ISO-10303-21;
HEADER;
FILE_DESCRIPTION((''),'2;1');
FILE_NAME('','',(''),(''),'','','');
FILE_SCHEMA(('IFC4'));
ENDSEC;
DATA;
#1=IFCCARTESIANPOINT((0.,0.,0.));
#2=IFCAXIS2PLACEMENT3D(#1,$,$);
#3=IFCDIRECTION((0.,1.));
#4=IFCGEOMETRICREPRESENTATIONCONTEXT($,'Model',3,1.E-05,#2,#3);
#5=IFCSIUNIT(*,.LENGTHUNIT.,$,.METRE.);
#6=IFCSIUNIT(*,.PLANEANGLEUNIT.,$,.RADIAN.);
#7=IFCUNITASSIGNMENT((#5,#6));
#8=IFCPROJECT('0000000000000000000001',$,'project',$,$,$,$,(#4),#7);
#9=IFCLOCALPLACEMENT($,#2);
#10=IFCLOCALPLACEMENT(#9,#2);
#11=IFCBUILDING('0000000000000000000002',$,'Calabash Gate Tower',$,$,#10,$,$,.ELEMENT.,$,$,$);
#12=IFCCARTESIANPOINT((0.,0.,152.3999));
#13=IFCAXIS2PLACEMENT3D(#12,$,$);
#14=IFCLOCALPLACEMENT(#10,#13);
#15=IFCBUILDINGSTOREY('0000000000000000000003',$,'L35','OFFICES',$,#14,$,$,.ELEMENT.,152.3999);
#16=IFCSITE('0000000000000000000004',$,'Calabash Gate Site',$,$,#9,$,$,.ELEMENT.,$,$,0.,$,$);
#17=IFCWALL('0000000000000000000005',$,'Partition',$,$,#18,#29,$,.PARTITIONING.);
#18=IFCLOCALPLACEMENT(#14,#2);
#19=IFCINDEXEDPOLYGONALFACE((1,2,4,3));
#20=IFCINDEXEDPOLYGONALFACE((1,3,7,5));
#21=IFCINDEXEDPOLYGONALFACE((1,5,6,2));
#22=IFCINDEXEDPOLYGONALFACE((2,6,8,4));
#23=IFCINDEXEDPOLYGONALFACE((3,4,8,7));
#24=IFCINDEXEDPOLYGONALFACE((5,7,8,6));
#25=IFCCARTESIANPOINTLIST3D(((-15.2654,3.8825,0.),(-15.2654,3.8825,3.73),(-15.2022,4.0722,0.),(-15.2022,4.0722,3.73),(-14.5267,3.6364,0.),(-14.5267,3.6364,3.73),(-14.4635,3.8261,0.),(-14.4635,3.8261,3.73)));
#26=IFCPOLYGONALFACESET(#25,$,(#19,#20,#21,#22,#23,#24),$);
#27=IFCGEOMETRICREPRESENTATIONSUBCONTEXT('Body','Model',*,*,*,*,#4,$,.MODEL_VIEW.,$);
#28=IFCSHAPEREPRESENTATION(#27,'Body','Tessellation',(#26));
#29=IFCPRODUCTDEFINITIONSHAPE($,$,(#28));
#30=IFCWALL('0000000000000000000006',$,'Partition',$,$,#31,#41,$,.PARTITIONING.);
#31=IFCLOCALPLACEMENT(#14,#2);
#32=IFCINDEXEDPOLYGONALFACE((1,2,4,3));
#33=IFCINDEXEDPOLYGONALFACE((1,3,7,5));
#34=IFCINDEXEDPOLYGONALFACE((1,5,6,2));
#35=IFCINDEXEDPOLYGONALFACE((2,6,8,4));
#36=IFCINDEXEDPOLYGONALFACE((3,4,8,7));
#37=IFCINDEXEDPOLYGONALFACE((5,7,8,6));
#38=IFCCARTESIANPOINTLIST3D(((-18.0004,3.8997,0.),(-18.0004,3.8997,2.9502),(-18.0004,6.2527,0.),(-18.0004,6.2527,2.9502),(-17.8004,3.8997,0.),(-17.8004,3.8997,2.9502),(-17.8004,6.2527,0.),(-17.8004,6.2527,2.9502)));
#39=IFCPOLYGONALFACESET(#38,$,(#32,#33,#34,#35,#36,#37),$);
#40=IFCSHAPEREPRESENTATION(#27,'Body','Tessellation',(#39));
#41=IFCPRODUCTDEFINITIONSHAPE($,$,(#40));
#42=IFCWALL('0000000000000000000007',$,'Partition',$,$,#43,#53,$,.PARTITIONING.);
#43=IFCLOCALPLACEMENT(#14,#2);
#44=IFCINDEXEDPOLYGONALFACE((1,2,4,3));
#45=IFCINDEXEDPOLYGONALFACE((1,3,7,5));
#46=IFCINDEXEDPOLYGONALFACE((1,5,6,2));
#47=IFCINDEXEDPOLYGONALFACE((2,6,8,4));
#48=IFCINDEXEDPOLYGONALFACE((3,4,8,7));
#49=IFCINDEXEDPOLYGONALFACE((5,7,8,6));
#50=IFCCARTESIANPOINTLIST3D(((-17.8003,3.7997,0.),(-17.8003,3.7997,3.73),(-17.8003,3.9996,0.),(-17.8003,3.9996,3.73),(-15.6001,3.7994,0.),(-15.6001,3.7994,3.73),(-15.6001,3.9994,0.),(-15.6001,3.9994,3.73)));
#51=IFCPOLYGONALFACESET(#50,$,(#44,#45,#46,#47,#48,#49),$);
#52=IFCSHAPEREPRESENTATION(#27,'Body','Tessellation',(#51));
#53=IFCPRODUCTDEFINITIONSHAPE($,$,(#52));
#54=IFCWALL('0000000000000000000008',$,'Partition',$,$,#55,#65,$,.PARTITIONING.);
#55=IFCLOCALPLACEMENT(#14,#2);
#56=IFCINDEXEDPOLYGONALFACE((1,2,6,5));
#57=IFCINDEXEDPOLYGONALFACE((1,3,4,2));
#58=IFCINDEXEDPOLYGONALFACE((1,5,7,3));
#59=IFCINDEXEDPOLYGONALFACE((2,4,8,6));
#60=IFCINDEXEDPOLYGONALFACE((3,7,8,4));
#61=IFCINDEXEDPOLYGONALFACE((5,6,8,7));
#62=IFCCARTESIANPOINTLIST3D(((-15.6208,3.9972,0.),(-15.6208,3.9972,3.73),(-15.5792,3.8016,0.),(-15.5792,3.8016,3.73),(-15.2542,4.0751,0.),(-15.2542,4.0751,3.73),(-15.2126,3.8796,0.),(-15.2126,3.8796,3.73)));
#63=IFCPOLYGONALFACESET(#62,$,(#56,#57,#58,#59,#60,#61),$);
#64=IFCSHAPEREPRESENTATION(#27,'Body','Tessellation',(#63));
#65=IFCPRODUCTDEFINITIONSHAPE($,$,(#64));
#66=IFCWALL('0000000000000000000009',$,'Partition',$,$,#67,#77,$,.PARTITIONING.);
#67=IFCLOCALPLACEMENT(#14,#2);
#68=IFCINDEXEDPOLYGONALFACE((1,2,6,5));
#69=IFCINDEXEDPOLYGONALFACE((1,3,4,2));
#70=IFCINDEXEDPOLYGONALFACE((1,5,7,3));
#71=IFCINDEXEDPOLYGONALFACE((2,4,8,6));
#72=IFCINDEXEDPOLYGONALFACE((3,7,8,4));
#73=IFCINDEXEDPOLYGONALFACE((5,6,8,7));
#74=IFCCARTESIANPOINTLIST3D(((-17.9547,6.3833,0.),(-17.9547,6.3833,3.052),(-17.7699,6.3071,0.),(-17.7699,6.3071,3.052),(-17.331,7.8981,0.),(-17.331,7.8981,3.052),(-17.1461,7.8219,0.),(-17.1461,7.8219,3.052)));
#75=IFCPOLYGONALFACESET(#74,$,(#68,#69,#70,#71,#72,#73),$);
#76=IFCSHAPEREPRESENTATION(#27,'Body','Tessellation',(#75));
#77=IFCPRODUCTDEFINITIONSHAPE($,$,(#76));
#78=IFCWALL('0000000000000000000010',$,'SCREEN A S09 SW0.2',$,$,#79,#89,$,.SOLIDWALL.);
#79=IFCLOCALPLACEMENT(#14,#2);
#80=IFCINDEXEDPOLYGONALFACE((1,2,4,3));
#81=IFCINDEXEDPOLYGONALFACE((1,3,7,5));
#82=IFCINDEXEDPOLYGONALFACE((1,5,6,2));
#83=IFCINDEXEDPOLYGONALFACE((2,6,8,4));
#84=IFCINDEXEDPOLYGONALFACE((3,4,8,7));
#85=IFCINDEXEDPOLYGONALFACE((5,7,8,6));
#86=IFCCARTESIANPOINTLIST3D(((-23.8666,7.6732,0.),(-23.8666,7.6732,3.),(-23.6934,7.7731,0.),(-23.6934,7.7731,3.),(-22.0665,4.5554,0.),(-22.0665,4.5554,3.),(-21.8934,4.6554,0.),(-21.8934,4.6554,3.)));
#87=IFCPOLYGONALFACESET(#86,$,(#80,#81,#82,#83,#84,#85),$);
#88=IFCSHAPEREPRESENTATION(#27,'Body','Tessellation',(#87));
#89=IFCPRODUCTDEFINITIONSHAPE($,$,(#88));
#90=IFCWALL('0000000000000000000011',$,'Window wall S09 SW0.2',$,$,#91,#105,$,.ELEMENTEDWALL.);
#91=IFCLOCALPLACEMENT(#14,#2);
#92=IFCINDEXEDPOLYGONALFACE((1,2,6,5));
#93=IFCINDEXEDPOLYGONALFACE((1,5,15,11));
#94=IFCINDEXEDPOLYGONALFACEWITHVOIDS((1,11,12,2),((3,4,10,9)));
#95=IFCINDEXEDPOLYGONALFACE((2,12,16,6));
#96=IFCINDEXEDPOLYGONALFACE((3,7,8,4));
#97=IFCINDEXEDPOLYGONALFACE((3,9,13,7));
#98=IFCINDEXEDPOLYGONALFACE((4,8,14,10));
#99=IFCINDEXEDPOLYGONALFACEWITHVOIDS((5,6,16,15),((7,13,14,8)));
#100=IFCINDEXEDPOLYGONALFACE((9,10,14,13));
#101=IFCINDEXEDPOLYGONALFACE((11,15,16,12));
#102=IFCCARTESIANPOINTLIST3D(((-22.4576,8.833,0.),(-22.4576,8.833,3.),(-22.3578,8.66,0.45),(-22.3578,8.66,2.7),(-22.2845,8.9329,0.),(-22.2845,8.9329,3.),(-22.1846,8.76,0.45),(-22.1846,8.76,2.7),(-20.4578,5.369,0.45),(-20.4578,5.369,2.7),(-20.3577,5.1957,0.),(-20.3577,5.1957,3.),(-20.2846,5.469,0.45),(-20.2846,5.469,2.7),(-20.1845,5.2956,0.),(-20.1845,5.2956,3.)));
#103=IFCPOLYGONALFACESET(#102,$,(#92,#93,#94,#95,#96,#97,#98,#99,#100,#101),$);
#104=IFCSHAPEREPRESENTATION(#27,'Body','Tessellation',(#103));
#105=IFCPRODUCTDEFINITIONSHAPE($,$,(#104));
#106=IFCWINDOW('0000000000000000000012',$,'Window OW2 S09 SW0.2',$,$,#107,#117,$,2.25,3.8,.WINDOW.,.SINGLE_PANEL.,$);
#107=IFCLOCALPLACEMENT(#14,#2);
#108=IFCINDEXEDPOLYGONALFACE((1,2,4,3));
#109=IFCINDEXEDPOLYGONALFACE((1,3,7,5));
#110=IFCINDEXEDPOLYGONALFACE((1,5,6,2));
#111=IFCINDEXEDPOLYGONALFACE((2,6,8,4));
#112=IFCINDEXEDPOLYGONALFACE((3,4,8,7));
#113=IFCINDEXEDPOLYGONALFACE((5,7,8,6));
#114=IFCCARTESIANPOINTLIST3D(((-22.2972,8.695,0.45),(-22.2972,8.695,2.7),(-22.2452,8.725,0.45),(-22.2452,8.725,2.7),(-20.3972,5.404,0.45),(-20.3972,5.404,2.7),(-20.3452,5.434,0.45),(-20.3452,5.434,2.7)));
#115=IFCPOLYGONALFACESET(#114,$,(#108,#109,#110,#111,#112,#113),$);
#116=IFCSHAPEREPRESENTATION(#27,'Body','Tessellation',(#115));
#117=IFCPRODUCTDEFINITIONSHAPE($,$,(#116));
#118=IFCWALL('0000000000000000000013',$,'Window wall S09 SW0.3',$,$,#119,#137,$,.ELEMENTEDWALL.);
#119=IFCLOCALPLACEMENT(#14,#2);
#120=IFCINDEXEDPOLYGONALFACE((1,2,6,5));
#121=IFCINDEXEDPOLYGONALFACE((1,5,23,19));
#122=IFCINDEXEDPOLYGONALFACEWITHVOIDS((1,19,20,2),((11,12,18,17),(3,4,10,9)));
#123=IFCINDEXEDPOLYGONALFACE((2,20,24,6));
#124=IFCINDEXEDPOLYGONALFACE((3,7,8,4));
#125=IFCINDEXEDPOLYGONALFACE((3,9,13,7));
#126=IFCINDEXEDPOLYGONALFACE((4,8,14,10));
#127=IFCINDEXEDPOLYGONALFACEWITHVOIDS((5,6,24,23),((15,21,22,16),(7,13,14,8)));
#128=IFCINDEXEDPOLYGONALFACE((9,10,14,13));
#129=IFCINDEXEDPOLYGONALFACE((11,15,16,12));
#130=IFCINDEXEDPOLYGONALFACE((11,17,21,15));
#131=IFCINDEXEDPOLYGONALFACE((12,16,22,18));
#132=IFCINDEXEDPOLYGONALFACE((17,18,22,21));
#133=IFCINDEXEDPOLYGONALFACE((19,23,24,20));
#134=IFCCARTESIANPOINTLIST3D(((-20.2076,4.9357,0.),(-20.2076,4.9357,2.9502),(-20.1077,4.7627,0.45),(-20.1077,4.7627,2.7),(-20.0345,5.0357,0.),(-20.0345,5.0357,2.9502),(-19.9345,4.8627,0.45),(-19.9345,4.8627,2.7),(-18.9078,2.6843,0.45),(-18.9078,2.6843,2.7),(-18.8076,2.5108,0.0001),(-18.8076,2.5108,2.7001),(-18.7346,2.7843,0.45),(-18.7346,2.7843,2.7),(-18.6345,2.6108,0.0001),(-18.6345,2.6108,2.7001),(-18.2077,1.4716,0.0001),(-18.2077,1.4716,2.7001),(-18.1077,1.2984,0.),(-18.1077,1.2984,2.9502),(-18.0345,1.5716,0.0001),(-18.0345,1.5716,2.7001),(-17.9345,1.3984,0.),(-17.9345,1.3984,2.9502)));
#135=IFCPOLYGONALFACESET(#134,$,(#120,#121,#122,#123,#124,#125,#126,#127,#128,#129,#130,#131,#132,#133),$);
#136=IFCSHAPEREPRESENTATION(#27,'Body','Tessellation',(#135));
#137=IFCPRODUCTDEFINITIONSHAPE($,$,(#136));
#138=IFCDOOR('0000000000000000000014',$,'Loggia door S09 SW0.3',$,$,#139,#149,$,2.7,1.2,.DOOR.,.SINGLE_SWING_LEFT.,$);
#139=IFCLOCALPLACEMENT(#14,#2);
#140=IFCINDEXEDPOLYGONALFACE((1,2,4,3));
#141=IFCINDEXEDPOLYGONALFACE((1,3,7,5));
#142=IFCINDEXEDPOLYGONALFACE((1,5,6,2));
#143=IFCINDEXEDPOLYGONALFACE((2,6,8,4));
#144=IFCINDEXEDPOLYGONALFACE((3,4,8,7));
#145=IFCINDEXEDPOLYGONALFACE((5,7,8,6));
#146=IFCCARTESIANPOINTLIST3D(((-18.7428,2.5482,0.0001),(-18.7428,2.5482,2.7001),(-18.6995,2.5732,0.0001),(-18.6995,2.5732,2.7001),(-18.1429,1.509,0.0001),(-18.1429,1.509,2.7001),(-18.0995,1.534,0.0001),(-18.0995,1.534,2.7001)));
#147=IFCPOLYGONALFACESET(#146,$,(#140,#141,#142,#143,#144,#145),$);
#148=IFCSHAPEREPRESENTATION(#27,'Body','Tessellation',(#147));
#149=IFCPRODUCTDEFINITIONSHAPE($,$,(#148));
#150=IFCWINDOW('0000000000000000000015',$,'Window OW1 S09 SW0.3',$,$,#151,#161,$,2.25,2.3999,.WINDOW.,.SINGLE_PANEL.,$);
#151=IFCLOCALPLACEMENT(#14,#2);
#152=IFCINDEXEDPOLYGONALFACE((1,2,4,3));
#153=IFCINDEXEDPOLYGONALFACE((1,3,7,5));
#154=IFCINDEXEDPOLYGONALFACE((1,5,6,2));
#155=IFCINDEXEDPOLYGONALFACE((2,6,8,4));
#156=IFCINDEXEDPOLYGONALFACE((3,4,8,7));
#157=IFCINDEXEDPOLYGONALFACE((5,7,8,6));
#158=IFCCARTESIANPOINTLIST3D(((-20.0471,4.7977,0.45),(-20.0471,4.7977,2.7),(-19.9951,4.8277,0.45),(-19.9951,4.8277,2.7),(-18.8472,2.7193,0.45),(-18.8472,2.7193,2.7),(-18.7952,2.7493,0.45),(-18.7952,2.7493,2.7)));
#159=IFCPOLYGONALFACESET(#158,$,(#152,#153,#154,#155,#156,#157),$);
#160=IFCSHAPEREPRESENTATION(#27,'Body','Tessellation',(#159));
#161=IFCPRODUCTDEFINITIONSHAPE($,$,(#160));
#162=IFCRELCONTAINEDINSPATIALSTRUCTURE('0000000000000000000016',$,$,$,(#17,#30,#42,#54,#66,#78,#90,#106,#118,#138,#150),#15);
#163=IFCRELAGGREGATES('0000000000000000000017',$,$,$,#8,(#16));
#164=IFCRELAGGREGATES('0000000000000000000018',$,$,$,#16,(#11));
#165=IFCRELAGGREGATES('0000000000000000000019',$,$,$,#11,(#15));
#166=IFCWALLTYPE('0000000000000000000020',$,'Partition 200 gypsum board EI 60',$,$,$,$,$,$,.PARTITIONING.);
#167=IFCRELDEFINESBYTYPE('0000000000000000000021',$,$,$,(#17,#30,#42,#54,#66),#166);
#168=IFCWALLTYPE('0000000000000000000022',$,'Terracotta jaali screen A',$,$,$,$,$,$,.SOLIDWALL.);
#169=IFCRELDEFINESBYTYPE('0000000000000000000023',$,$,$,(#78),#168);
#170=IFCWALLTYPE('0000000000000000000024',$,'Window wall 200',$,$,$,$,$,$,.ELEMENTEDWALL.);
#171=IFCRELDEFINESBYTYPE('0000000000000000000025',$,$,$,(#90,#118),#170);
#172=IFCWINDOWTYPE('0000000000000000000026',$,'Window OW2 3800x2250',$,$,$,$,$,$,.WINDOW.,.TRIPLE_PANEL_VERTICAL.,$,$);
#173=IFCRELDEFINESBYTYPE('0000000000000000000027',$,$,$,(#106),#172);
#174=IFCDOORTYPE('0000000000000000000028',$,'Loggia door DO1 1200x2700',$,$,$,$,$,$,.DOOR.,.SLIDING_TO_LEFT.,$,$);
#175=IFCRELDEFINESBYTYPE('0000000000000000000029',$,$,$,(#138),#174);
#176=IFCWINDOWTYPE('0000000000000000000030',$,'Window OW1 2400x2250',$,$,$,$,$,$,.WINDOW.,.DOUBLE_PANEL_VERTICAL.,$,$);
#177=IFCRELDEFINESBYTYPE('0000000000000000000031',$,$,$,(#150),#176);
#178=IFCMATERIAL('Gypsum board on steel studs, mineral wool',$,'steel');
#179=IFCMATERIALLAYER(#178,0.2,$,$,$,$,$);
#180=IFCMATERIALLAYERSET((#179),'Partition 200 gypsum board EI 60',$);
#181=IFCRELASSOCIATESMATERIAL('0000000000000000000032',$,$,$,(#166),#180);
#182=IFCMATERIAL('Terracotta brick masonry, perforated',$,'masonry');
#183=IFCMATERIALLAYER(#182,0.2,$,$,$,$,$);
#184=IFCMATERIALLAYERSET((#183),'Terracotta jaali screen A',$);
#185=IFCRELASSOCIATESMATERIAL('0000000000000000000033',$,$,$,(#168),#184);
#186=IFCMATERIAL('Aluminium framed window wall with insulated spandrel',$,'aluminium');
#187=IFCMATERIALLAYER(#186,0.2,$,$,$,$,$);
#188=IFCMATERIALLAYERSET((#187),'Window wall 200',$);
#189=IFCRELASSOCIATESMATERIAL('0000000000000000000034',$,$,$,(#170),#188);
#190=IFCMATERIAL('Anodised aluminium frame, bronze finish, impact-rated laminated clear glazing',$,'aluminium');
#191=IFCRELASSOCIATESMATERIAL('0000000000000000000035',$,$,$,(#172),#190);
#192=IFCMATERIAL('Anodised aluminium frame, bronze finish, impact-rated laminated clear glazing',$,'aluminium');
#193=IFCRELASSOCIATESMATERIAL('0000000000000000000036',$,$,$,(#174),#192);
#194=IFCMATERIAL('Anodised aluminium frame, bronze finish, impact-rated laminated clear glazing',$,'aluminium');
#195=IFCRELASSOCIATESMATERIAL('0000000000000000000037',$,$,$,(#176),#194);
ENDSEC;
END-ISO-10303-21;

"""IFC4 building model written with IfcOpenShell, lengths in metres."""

from ifc_helpers import new_model, si_unit, direction, frame, frame_2d, origin, place, context, subcontext, project, spatial, rectangle, extrude, material, layer, layer_set, type_object, element, fill, save


model = new_model("IFC4")

# Units and contexts
model_context = context("Model", 3, precision=1e-05, world=origin(), true_north=direction((0.0, 1.0)))
body_context = subcontext(model_context, "Body", "Model", "MODEL_VIEW")
ifc_project = project(units=[si_unit("LENGTHUNIT", "METRE"), si_unit("PLANEANGLEUNIT", "RADIAN")], contexts=[model_context])

# Site, building, storey
site_placement = place(None, origin())
site = spatial("IfcSite", under=ifc_project, at=site_placement, Name="Calabash Gate Site", CompositionType="ELEMENT", RefElevation=0.0)
building_placement = place(site_placement, origin())
building = spatial("IfcBuilding", under=site, at=building_placement, Name="Calabash Gate Tower", CompositionType="ELEMENT")
storey_placement = place(building_placement, frame((0.0, 0.0, 152.3999)))
storey = spatial("IfcBuildingStorey", under=building, at=storey_placement, Name="L35", Description="OFFICES", CompositionType="ELEMENT", Elevation=152.3999)

# Walls
ifc_material_1 = material(Name="Gypsum board on steel studs, mineral wool", Category="steel")
ifc_layer_1 = layer(ifc_material_1, 0.2)
ifc_layer_set_1 = layer_set([ifc_layer_1], Name="Partition 200 gypsum board EI 60")
wall_type_1 = type_object("IfcWallType", Name="Partition 200 gypsum board EI 60", PredefinedType="PARTITIONING", material=ifc_layer_set_1)
wall_1_placement = place(storey_placement, frame((-15.2336, 3.9773, 0.0), z_axis=(0.0, 0.0, 1.0), x_axis=(0.948746, -0.31604, 0.0)))
element("IfcWall", 1, at=wall_1_placement, inside=storey, type_object=wall_type_1, Name="Partition", PredefinedType="PARTITIONING", context=body_context, shape_type="SweptSolid", body=[
    extrude(rectangle(XDim=0.7786, YDim=0.2, at=frame_2d((0.3892, 0.0))), origin(), (0.0, 0.0, 1.0), 3.73),
])
wall_2_placement = place(storey_placement, frame((-17.9004, 6.2527, 0.0), z_axis=(0.0, 0.0, 1.0), x_axis=(0.0, -1.0, 0.0)))
element("IfcWall", 2, at=wall_2_placement, inside=storey, type_object=wall_type_1, Name="Partition", PredefinedType="PARTITIONING", context=body_context, shape_type="SweptSolid", body=[
    extrude(rectangle(XDim=2.353, YDim=0.2, at=frame_2d((1.1765, 0.0))), origin(), (0.0, 0.0, 1.0), 2.9502),
])
wall_3_placement = place(storey_placement, frame((-17.8003, 3.8997, 0.0), z_axis=(0.0, 0.0, 1.0), x_axis=(1.0, -0.000111, 0.0)))
element("IfcWall", 3, at=wall_3_placement, inside=storey, type_object=wall_type_1, Name="Partition", PredefinedType="PARTITIONING", context=body_context, shape_type="SweptSolid", body=[
    extrude(rectangle(XDim=2.2002, YDim=0.2, at=frame_2d((1.1001, 0.0))), origin(), (0.0, 0.0, 1.0), 3.73),
])
wall_4_placement = place(storey_placement, frame((-15.6001, 3.8994, 0.0), z_axis=(0.0, 0.0, 1.0), x_axis=(0.978154, 0.207882, 0.0)))
element("IfcWall", 4, at=wall_4_placement, inside=storey, type_object=wall_type_1, Name="Partition", PredefinedType="PARTITIONING", context=body_context, shape_type="SweptSolid", body=[
    extrude(rectangle(XDim=0.3748, YDim=0.2, at=frame_2d((0.1875, 0.0))), origin(), (0.0, 0.0, 1.0), 3.73),
])
wall_5_placement = place(storey_placement, frame((-17.8623, 6.3452, 0.0), z_axis=(0.0, 0.0, 1.0), x_axis=(0.38075, 0.924678, 0.0)))
element("IfcWall", 5, at=wall_5_placement, inside=storey, type_object=wall_type_1, Name="Partition", PredefinedType="PARTITIONING", context=body_context, shape_type="SweptSolid", body=[
    extrude(rectangle(XDim=1.6382, YDim=0.2, at=frame_2d((0.8191, 0.0))), origin(), (0.0, 0.0, 1.0), 3.052),
])
ifc_material_2 = material(Name="Terracotta brick masonry, perforated", Category="masonry")
ifc_layer_2 = layer(ifc_material_2, 0.2)
ifc_layer_set_2 = layer_set([ifc_layer_2], Name="Terracotta jaali screen A")
wall_type_2 = type_object("IfcWallType", Name="Terracotta jaali screen A", PredefinedType="SOLIDWALL", material=ifc_layer_set_2)
wall_6_placement = place(storey_placement, frame((-23.78, 7.7231, 0.0), z_axis=(0.0, 0.0, 1.0), x_axis=(0.500012, -0.866018, 0.0)))
element("IfcWall", 6, at=wall_6_placement, inside=storey, type_object=wall_type_2, Name="SCREEN A S09 SW0.2", PredefinedType="SOLIDWALL", context=body_context, shape_type="SweptSolid", body=[
    extrude(rectangle(XDim=3.6001, YDim=0.2, at=frame_2d((1.8, 0.0))), origin(), (0.0, 0.0, 1.0), 3.0),
])

# Wall, opening, window
ifc_material_3 = material(Name="Aluminium framed window wall with insulated spandrel", Category="aluminium")
ifc_layer_3 = layer(ifc_material_3, 0.2)
ifc_layer_set_3 = layer_set([ifc_layer_3], Name="Window wall 200")
wall_type_3 = type_object("IfcWallType", Name="Window wall 200", PredefinedType="ELEMENTEDWALL", material=ifc_layer_set_3)
wall_7_placement = place(storey_placement, frame((-22.3711, 8.8831, 0.0), z_axis=(0.0, 0.0, 1.0), x_axis=(0.499984, -0.866035, 0.0)))
wall_7 = element("IfcWall", 7, at=wall_7_placement, inside=storey, type_object=wall_type_3, Name="Window wall S09 SW0.2", PredefinedType="ELEMENTEDWALL", context=body_context, shape_type="SweptSolid", body=[
    extrude(rectangle(XDim=4.2, YDim=0.2, at=frame_2d((2.1001, 0.0))), origin(), (0.0, 0.0, 1.0), 3.0),
])
opening_1_placement = place(wall_7_placement, frame((0.2, 0.0, 0.45)))
opening_1 = element("IfcOpeningElement", 8, at=opening_1_placement, cuts=wall_7, PredefinedType="OPENING", context=body_context, shape_type="SweptSolid", body=[
    extrude(rectangle(XDim=3.8, YDim=2.25, at=frame_2d((1.8999, 1.125))), frame((0.0, 0.1099, 0.0), z_axis=(0.0, -1.0, 0.0), x_axis=(1.0, 0.0, 0.0)), (0.0, 0.0, 1.0), 0.22),
])
ifc_material_4 = material(Name="Anodised aluminium frame, bronze finish, impact-rated laminated clear glazing", Category="aluminium")
window_type_1 = type_object("IfcWindowType", Name="Window OW2 3800x2250", PartitioningType="TRIPLE_PANEL_VERTICAL", PredefinedType="WINDOW", material=ifc_material_4)
window_1_placement = place(opening_1_placement, origin())
window_1 = element("IfcWindow", 9, at=window_1_placement, inside=storey, type_object=window_type_1, Name="Window OW2 S09 SW0.2", OverallHeight=2.25, OverallWidth=3.8, PartitioningType="SINGLE_PANEL", PredefinedType="WINDOW", context=body_context, shape_type="SweptSolid", body=[
    extrude(rectangle(XDim=3.8, YDim=2.25, at=frame_2d((1.8999, 1.125))), frame((0.0, 0.03, 0.0), z_axis=(0.0, -1.0, 0.0), x_axis=(1.0, 0.0, 0.0)), (0.0, 0.0, 1.0), 0.0601),
])
fill(opening_1, window_1)

# Wall, openings, door, window
wall_8_placement = place(storey_placement, frame((-20.1211, 4.9858, 0.0), z_axis=(0.0, 0.0, 1.0), x_axis=(0.499984, -0.866035, 0.0)))
wall_8 = element("IfcWall", 10, at=wall_8_placement, inside=storey, type_object=wall_type_3, Name="Window wall S09 SW0.3", PredefinedType="ELEMENTEDWALL", context=body_context, shape_type="SweptSolid", body=[
    extrude(rectangle(XDim=4.2, YDim=0.2, at=frame_2d((2.1001, 0.0))), origin(), (0.0, 0.0, 1.0), 2.9502),
])
opening_2_placement = place(wall_8_placement, frame((0.2, 0.0, 0.45)))
opening_2 = element("IfcOpeningElement", 11, at=opening_2_placement, cuts=wall_8, PredefinedType="OPENING", context=body_context, shape_type="SweptSolid", body=[
    extrude(rectangle(XDim=2.3999, YDim=2.25, at=frame_2d((1.2, 1.125))), frame((0.0, 0.1099, 0.0), z_axis=(0.0, -1.0, 0.0), x_axis=(1.0, 0.0, 0.0)), (0.0, 0.0, 1.0), 0.22),
])
opening_3_placement = place(wall_8_placement, frame((2.8, 0.0, 0.0)))
opening_3 = element("IfcOpeningElement", 12, at=opening_3_placement, cuts=wall_8, PredefinedType="OPENING", context=body_context, shape_type="SweptSolid", body=[
    extrude(rectangle(XDim=1.2, YDim=2.7, at=frame_2d((0.6001, 1.3501))), frame((0.0, 0.1099, 0.0), z_axis=(0.0, -1.0, 0.0), x_axis=(1.0, 0.0, 0.0)), (0.0, 0.0, 1.0), 0.22),
])
ifc_material_5 = material(Name="Anodised aluminium frame, bronze finish, impact-rated laminated clear glazing", Category="aluminium")
door_type_1 = type_object("IfcDoorType", Name="Loggia door DO1 1200x2700", OperationType="SLIDING_TO_LEFT", PredefinedType="DOOR", material=ifc_material_5)
door_1_placement = place(opening_3_placement, origin())
door_1 = element("IfcDoor", 13, at=door_1_placement, inside=storey, type_object=door_type_1, Name="Loggia door S09 SW0.3", OperationType="SINGLE_SWING_LEFT", OverallHeight=2.7, OverallWidth=1.2, PredefinedType="DOOR", context=body_context, shape_type="SweptSolid", body=[
    extrude(rectangle(XDim=1.2, YDim=2.7, at=frame_2d((0.6001, 1.3501))), frame((0.0, 0.0249, 0.0), z_axis=(0.0, -1.0, 0.0), x_axis=(1.0, 0.0, 0.0)), (0.0, 0.0, 1.0), 0.05),
])
fill(opening_3, door_1)
ifc_material_6 = material(Name="Anodised aluminium frame, bronze finish, impact-rated laminated clear glazing", Category="aluminium")
window_type_2 = type_object("IfcWindowType", Name="Window OW1 2400x2250", PartitioningType="DOUBLE_PANEL_VERTICAL", PredefinedType="WINDOW", material=ifc_material_6)
window_2_placement = place(opening_2_placement, origin())
window_2 = element("IfcWindow", 14, at=window_2_placement, inside=storey, type_object=window_type_2, Name="Window OW1 S09 SW0.3", OverallHeight=2.25, OverallWidth=2.3999, PartitioningType="SINGLE_PANEL", PredefinedType="WINDOW", context=body_context, shape_type="SweptSolid", body=[
    extrude(rectangle(XDim=2.3999, YDim=2.25, at=frame_2d((1.2, 1.125))), frame((0.0, 0.03, 0.0), z_axis=(0.0, -1.0, 0.0), x_axis=(1.0, 0.0, 0.0)), (0.0, 0.0, 1.0), 0.0601),
])
fill(opening_2, window_2)

save(model, "model.ifc")
